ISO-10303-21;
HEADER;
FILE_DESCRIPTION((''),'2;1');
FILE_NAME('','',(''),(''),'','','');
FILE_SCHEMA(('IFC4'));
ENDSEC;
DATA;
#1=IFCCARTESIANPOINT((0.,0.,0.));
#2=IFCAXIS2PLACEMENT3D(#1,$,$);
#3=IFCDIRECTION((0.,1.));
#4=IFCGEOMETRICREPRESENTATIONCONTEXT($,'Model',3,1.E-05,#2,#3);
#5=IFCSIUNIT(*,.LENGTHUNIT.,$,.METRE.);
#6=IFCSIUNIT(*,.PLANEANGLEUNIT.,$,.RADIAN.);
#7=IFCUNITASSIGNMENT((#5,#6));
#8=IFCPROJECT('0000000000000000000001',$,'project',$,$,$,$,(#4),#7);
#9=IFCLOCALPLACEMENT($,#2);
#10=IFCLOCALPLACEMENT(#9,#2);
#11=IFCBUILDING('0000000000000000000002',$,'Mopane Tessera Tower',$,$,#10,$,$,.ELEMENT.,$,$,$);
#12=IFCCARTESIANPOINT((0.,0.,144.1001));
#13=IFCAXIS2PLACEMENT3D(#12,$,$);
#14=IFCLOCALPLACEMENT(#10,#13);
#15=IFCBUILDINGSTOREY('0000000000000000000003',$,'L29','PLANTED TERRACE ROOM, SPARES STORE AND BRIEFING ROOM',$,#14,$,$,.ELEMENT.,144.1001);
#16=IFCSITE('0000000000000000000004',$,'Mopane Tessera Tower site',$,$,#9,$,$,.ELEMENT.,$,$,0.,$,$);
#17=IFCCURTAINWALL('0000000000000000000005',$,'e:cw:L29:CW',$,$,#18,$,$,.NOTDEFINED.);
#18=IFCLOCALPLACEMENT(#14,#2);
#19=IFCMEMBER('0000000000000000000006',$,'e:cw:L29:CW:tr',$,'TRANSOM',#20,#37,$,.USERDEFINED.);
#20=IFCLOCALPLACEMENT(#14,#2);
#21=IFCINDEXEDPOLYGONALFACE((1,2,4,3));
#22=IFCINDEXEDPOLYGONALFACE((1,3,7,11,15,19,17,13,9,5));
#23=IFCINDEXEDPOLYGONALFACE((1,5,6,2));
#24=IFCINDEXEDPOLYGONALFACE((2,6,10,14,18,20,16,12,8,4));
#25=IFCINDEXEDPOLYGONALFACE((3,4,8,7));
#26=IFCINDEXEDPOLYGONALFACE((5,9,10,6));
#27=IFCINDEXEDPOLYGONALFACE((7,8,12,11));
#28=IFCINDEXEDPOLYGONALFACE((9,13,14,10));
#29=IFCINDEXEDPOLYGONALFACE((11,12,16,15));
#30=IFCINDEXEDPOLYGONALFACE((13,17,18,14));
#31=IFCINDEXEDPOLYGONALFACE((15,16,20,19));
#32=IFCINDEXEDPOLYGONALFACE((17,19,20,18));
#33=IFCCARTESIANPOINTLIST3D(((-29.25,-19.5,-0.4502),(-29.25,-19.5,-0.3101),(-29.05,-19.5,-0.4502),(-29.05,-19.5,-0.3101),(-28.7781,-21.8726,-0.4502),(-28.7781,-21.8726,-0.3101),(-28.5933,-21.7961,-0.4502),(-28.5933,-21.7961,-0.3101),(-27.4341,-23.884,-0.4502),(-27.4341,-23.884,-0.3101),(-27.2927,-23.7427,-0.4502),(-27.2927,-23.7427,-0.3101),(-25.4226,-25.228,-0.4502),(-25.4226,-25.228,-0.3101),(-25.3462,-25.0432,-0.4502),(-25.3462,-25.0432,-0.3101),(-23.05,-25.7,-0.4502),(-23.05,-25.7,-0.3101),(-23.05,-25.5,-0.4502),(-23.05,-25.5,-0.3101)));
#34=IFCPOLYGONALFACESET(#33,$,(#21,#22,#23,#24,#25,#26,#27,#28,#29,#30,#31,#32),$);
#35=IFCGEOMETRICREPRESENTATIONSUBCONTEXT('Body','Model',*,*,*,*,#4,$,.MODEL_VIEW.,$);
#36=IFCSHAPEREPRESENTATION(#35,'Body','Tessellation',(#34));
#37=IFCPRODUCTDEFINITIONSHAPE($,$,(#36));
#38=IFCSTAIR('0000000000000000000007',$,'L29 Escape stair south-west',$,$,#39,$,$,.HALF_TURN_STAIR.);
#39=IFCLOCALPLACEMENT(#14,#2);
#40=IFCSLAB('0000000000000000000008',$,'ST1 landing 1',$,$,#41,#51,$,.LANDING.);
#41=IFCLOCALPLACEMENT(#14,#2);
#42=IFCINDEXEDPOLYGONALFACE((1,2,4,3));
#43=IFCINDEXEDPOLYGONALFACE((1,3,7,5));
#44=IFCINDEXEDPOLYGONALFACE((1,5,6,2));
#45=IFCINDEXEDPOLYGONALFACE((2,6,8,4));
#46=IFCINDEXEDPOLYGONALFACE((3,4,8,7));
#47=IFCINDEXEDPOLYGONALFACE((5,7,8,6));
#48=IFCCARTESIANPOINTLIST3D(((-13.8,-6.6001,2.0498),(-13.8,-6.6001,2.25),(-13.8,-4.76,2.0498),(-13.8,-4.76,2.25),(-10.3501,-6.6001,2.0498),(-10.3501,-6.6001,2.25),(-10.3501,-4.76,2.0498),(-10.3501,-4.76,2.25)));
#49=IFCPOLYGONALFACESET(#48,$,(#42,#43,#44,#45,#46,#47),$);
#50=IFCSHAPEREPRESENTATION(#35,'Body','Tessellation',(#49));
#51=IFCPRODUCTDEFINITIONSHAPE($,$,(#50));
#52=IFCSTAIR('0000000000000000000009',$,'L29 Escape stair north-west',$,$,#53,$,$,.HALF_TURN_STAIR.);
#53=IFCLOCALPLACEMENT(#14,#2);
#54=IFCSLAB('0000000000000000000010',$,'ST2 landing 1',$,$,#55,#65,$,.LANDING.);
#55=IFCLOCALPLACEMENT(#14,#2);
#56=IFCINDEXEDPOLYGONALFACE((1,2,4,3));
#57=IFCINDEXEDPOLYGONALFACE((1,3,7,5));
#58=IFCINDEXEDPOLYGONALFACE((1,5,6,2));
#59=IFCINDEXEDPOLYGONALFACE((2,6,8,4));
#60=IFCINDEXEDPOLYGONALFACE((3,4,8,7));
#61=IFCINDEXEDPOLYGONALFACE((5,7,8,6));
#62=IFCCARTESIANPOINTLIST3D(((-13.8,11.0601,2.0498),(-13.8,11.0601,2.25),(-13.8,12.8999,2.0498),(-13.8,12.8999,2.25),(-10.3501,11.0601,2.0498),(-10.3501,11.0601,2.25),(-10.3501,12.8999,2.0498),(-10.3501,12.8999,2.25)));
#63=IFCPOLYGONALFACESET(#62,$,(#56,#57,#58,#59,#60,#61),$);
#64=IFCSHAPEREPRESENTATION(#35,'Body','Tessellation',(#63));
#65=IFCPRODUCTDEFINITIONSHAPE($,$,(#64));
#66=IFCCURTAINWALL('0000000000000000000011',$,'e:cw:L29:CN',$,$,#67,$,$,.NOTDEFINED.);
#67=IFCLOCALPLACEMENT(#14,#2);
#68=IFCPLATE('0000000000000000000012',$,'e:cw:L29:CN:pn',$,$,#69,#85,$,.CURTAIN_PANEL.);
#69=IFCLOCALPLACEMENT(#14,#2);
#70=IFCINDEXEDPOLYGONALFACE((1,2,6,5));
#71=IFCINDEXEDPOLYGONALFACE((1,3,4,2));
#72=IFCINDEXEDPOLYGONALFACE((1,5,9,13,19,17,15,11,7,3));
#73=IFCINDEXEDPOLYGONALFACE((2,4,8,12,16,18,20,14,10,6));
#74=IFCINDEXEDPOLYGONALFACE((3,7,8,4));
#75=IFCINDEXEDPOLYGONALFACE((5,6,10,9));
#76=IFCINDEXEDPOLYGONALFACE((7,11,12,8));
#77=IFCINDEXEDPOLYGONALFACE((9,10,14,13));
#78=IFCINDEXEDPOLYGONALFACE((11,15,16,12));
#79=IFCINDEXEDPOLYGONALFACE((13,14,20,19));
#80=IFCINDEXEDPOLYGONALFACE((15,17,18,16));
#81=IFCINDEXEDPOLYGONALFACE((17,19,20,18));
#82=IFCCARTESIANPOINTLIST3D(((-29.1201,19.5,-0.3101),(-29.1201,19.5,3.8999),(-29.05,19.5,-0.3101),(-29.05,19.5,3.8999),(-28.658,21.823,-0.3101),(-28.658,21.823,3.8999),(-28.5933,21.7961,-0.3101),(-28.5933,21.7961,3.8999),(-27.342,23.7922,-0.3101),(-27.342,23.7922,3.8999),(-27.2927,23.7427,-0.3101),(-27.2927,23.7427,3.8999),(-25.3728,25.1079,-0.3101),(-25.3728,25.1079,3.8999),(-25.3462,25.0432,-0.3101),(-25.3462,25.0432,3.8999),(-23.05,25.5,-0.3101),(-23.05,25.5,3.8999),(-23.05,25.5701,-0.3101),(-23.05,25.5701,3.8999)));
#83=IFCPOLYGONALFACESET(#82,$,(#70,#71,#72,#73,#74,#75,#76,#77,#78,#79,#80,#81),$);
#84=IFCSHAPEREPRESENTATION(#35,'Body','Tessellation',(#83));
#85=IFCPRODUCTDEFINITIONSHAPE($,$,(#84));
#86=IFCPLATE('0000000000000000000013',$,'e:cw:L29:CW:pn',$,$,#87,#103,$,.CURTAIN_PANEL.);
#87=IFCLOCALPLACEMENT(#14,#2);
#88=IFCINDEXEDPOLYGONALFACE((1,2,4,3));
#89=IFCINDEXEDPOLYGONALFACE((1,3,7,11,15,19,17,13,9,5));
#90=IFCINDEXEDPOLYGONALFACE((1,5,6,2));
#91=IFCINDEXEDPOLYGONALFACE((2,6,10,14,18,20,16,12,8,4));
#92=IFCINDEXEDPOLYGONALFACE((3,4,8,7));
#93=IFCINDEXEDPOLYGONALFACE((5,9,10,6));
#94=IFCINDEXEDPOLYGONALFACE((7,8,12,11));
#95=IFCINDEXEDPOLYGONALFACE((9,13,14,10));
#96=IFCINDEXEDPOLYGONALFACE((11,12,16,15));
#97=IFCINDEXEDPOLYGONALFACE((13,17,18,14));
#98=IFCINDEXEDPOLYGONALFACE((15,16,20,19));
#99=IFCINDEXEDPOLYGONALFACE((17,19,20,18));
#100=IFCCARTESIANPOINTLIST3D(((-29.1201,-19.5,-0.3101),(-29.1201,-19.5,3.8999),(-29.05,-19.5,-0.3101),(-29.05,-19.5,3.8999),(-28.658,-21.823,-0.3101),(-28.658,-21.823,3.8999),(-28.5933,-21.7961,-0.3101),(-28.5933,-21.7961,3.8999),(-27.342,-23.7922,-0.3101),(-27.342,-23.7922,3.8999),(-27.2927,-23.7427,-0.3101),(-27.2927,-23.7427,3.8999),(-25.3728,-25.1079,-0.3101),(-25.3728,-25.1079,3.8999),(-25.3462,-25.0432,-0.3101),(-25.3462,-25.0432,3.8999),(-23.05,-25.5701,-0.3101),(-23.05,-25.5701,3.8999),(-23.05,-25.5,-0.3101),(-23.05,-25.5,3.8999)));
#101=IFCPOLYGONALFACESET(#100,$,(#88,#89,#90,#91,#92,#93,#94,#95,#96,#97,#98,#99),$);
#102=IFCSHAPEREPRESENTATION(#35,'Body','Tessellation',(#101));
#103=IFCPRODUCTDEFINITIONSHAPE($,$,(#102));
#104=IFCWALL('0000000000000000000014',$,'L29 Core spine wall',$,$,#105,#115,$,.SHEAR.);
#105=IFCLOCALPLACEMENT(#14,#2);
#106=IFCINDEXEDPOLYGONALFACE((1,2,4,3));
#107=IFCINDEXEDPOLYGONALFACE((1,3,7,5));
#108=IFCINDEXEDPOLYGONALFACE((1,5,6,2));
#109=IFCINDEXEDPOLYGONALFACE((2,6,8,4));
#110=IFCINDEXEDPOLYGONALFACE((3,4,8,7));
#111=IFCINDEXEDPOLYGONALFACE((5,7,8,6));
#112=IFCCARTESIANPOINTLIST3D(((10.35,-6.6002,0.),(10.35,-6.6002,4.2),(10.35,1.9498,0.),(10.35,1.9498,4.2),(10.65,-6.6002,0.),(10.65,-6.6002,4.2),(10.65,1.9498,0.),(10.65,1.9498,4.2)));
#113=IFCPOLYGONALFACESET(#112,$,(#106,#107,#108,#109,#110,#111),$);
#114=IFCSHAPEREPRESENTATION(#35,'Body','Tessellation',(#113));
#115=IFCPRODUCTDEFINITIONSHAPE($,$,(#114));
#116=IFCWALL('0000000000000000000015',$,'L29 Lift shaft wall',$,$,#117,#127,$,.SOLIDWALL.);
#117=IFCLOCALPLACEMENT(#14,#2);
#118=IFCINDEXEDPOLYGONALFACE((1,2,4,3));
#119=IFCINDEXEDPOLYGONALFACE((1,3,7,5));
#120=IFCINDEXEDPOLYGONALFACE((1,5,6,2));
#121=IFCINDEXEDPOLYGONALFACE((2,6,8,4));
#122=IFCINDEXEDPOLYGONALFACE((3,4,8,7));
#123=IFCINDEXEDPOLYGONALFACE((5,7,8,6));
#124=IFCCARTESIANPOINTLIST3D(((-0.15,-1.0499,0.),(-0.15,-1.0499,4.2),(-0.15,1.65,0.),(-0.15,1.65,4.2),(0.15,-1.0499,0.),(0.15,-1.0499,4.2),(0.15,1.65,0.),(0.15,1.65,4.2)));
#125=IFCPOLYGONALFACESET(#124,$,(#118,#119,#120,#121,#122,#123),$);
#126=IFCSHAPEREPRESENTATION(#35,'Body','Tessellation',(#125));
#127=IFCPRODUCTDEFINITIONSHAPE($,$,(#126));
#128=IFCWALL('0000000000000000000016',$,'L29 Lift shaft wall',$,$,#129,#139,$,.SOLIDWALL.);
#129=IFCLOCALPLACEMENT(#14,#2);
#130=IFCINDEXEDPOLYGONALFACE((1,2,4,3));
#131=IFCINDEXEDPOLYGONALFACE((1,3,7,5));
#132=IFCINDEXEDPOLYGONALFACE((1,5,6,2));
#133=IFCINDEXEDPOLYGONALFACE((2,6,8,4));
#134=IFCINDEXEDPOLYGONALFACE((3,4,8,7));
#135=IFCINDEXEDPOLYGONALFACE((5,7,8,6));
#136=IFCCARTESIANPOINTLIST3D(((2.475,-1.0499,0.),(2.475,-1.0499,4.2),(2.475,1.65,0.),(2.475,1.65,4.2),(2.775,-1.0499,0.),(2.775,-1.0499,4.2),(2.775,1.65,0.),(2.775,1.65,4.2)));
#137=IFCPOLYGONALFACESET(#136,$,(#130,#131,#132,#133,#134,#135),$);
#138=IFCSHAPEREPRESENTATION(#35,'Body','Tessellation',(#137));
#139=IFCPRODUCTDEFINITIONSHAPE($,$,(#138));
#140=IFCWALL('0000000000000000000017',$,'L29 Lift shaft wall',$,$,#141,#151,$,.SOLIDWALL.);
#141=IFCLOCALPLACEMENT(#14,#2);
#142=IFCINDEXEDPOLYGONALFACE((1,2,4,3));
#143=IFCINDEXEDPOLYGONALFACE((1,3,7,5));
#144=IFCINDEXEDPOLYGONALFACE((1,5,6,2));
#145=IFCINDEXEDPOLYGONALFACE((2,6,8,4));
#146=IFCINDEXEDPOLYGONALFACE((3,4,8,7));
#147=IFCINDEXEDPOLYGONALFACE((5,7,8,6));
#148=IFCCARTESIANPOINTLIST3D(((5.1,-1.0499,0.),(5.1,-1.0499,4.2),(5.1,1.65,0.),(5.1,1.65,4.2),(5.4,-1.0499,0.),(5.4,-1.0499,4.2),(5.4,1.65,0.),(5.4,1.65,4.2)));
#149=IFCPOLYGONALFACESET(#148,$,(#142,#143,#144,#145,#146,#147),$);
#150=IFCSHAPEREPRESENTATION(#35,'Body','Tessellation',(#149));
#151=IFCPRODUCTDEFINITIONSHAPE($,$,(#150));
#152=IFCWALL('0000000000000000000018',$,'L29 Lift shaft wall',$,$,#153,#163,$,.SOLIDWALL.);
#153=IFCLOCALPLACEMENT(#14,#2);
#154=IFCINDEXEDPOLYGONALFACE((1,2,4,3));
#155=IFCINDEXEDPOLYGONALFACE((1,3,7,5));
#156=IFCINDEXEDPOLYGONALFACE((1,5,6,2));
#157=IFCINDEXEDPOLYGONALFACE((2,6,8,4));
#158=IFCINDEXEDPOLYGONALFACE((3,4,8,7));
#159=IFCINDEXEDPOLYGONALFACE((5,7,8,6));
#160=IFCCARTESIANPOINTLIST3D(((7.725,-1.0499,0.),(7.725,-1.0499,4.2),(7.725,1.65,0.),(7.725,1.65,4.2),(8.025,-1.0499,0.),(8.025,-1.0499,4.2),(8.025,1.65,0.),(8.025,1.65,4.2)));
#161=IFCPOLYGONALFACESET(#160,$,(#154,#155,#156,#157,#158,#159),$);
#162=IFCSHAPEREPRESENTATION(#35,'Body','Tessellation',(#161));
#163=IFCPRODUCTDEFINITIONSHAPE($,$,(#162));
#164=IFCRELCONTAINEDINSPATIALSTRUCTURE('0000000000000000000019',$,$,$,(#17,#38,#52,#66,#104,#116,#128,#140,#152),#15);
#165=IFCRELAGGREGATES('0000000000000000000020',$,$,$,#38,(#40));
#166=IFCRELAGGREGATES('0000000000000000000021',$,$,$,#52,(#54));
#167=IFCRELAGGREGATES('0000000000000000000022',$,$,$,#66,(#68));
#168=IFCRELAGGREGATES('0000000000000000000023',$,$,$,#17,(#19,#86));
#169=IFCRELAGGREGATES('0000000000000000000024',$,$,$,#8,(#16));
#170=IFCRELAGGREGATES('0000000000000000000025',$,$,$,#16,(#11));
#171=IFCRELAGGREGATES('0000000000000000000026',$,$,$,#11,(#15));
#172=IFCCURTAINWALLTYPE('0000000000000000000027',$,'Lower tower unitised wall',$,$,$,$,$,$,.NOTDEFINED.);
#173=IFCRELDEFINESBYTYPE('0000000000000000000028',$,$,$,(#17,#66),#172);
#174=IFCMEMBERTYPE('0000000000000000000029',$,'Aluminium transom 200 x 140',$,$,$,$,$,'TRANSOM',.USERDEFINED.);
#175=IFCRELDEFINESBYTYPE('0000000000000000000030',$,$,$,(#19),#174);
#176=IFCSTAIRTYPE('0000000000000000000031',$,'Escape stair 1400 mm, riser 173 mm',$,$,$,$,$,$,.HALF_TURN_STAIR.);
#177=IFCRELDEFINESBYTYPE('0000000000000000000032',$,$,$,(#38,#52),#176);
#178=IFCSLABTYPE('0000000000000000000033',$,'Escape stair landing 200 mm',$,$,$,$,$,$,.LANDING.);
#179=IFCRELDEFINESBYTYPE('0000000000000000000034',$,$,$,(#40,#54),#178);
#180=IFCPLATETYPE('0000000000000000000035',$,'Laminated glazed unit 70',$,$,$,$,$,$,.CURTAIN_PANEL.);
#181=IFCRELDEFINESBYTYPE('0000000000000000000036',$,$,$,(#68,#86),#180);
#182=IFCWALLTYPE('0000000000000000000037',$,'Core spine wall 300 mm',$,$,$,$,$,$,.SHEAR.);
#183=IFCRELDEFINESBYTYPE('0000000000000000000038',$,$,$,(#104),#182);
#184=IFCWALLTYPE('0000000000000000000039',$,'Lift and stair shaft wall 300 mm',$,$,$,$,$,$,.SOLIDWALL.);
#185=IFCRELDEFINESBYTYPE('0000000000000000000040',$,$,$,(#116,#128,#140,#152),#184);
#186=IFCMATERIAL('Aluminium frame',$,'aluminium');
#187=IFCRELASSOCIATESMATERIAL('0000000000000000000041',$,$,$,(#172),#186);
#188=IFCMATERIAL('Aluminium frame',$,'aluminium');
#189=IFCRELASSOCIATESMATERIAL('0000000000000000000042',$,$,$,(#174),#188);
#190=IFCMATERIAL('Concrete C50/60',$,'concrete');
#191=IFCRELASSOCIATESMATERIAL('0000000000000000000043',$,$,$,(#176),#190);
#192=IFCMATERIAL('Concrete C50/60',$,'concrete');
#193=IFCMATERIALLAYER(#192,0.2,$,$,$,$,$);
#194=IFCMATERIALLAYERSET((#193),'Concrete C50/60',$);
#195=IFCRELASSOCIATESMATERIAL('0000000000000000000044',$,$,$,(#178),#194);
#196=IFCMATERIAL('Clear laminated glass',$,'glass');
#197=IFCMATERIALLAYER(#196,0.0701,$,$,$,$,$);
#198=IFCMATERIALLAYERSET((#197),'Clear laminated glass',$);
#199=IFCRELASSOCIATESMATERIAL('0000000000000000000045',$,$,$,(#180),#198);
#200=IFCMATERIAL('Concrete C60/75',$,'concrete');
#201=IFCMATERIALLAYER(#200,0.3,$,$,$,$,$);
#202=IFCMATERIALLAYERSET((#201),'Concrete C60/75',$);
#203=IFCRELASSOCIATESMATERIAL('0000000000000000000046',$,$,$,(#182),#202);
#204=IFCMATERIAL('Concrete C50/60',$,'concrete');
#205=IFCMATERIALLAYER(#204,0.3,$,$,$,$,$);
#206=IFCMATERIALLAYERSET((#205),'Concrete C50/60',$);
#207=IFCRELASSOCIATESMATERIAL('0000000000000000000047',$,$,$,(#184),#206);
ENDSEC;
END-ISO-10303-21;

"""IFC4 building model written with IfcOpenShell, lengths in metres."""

from ifc_helpers import new_model, si_unit, direction, frame, frame_2d, origin, origin_2d, place, context, subcontext, project, spatial, polyline, rectangle, outline, extrude, material, layer, layer_set, material_profile, profile_set, type_object, element, aggregate, save


model = new_model("IFC4")

# Units and contexts
model_context = context("Model", 3, precision=1e-05, world=origin(), true_north=direction((0.0, 1.0)))
body_context = subcontext(model_context, "Body", "Model", "MODEL_VIEW")
ifc_project = project(units=[si_unit("LENGTHUNIT", "METRE"), si_unit("PLANEANGLEUNIT", "RADIAN")], contexts=[model_context])

# Site, building, storey
site_placement = place(None, origin())
site = spatial("IfcSite", under=ifc_project, at=site_placement, Name="Mopane Tessera Tower site", CompositionType="ELEMENT", RefElevation=0.0)
building_placement = place(site_placement, origin())
building = spatial("IfcBuilding", under=site, at=building_placement, Name="Mopane Tessera Tower", CompositionType="ELEMENT")
storey_placement = place(building_placement, frame((0.0, 0.0, 144.1001)))
storey = spatial("IfcBuildingStorey", under=building, at=storey_placement, Name="L29", Description="PLANTED TERRACE ROOM, SPARES STORE AND BRIEFING ROOM", CompositionType="ELEMENT", Elevation=144.1001)

# Curtain wall, member
ifc_material_1 = material(Name="Aluminium frame", Category="aluminium")
curtain_wall_type = type_object("IfcCurtainWallType", Name="Lower tower unitised wall", PredefinedType="NOTDEFINED", material=ifc_material_1)
curtain_wall_1_placement = place(storey_placement, origin())
curtain_wall_1 = element("IfcCurtainWall", 1, at=curtain_wall_1_placement, inside=storey, type_object=curtain_wall_type, Name="e:cw:L29:CW", PredefinedType="NOTDEFINED")
ifc_material_2 = material(Name="Aluminium frame", Category="aluminium")
ifc_material_profile = material_profile(ifc_material_2, rectangle(XDim=0.2, YDim=0.1399, at=origin_2d()))
ifc_profile_set = profile_set([ifc_material_profile], Name="Aluminium frame")
member_type = type_object("IfcMemberType", Name="Aluminium transom 200 x 140", ElementType="TRANSOM", PredefinedType="USERDEFINED", material=ifc_profile_set)
member_placement = place(storey_placement, frame((0.0, 0.0, -0.4502)))
member = element("IfcMember", 2, at=member_placement, type_object=member_type, Name="e:cw:L29:CW:tr", ObjectType="TRANSOM", PredefinedType="USERDEFINED", context=body_context, shape_type="SweptSolid", body=[
    extrude(outline(polyline([(-29.05, -19.5), (-28.5933, -21.7961), (-27.2927, -23.7427), (-25.3462, -25.0432), (-23.05, -25.5), (-23.05, -25.7), (-25.4226, -25.228), (-27.4341, -23.884), (-28.7781, -21.8726), (-29.25, -19.5), (-29.05, -19.5)])), origin(), (0.0, 0.0, 1.0), 0.1401),
])

# Stairs, slabs
ifc_material_3 = material(Name="Concrete C50/60", Category="concrete")
stair_type = type_object("IfcStairType", Name="Escape stair 1400 mm, riser 173 mm", PredefinedType="HALF_TURN_STAIR", material=ifc_material_3)
stair_1_placement = place(storey_placement, origin())
stair_1 = element("IfcStair", 3, at=stair_1_placement, inside=storey, type_object=stair_type, Name="L29 Escape stair south-west", PredefinedType="HALF_TURN_STAIR")
ifc_material_4 = material(Name="Concrete C50/60", Category="concrete")
ifc_layer_1 = layer(ifc_material_4, 0.2)
ifc_layer_set_1 = layer_set([ifc_layer_1], Name="Concrete C50/60")
slab_type = type_object("IfcSlabType", Name="Escape stair landing 200 mm", PredefinedType="LANDING", material=ifc_layer_set_1)
slab_1_placement = place(storey_placement, frame((0.0, 0.0, 2.0498)))
slab_1 = element("IfcSlab", 4, at=slab_1_placement, type_object=slab_type, Name="ST1 landing 1", PredefinedType="LANDING", context=body_context, shape_type="SweptSolid", body=[
    extrude(outline(polyline([(-13.8, -4.76), (-13.8, -6.6001), (-10.3501, -6.6001), (-10.3501, -4.76), (-13.8, -4.76)])), origin(), (0.0, 0.0, 1.0), 0.2002),
])
aggregate(stair_1, [slab_1])
stair_2_placement = place(storey_placement, origin())
stair_2 = element("IfcStair", 5, at=stair_2_placement, inside=storey, type_object=stair_type, Name="L29 Escape stair north-west", PredefinedType="HALF_TURN_STAIR")
slab_2_placement = place(storey_placement, frame((0.0, 0.0, 2.0498)))
slab_2 = element("IfcSlab", 6, at=slab_2_placement, type_object=slab_type, Name="ST2 landing 1", PredefinedType="LANDING", context=body_context, shape_type="SweptSolid", body=[
    extrude(outline(polyline([(-10.3501, 11.0601), (-10.3501, 12.8999), (-13.8, 12.8999), (-13.8, 11.0601), (-10.3501, 11.0601)])), origin(), (0.0, 0.0, 1.0), 0.2002),
])
aggregate(stair_2, [slab_2])

# Curtain wall, plate
curtain_wall_2_placement = place(storey_placement, origin())
curtain_wall_2 = element("IfcCurtainWall", 7, at=curtain_wall_2_placement, inside=storey, type_object=curtain_wall_type, Name="e:cw:L29:CN", PredefinedType="NOTDEFINED")
ifc_material_5 = material(Name="Clear laminated glass", Category="glass")
ifc_layer_2 = layer(ifc_material_5, 0.0701)
ifc_layer_set_2 = layer_set([ifc_layer_2], Name="Clear laminated glass")
plate_type = type_object("IfcPlateType", Name="Laminated glazed unit 70", PredefinedType="CURTAIN_PANEL", material=ifc_layer_set_2)
plate_1_placement = place(storey_placement, frame((0.0, 0.0, -0.3101)))
plate_1 = element("IfcPlate", 8, at=plate_1_placement, type_object=plate_type, Name="e:cw:L29:CN:pn", PredefinedType="CURTAIN_PANEL", context=body_context, shape_type="SweptSolid", body=[
    extrude(outline(polyline([(-23.05, 25.5), (-25.3462, 25.0432), (-27.2927, 23.7427), (-28.5933, 21.7961), (-29.05, 19.5), (-29.1201, 19.5), (-28.658, 21.823), (-27.342, 23.7922), (-25.3728, 25.1079), (-23.05, 25.5701), (-23.05, 25.5)])), origin(), (0.0, 0.0, 1.0), 4.21),
])
aggregate(curtain_wall_2, [plate_1])

# Plate
plate_2_placement = place(storey_placement, frame((0.0, 0.0, -0.3101)))
plate_2 = element("IfcPlate", 9, at=plate_2_placement, type_object=plate_type, Name="e:cw:L29:CW:pn", PredefinedType="CURTAIN_PANEL", context=body_context, shape_type="SweptSolid", body=[
    extrude(outline(polyline([(-29.05, -19.5), (-28.5933, -21.7961), (-27.2927, -23.7427), (-25.3462, -25.0432), (-23.05, -25.5), (-23.05, -25.5701), (-25.3728, -25.1079), (-27.342, -23.7922), (-28.658, -21.823), (-29.1201, -19.5), (-29.05, -19.5)])), origin(), (0.0, 0.0, 1.0), 4.21),
])
aggregate(curtain_wall_1, [member, plate_2])

# Walls
ifc_material_6 = material(Name="Concrete C60/75", Category="concrete")
ifc_layer_3 = layer(ifc_material_6, 0.3)
ifc_layer_set_3 = layer_set([ifc_layer_3], Name="Concrete C60/75")
wall_type_1 = type_object("IfcWallType", Name="Core spine wall 300 mm", PredefinedType="SHEAR", material=ifc_layer_set_3)
wall_1_placement = place(storey_placement, frame((10.5, -6.6001, 0.0), z_axis=(0.0, 0.0, 1.0), x_axis=(0.0, 1.0, 0.0)))
element("IfcWall", 10, at=wall_1_placement, inside=storey, type_object=wall_type_1, Name="L29 Core spine wall", PredefinedType="SHEAR", context=body_context, shape_type="SweptSolid", body=[
    extrude(rectangle(XDim=8.55, YDim=0.3, at=frame_2d((4.2749, 0.0))), origin(), (0.0, 0.0, 1.0), 4.2),
])
ifc_material_7 = material(Name="Concrete C50/60", Category="concrete")
ifc_layer_4 = layer(ifc_material_7, 0.3)
ifc_layer_set_4 = layer_set([ifc_layer_4], Name="Concrete C50/60")
wall_type_2 = type_object("IfcWallType", Name="Lift and stair shaft wall 300 mm", PredefinedType="SOLIDWALL", material=ifc_layer_set_4)
for number, where, z_axis, x_axis, name in (
    (11, (0.0, -1.05, 0.0), (0.0, 0.0, 1.0), (0.0, 1.0, 0.0), "L29 Lift shaft wall"),
    (12, (2.625, -1.05, 0.0), (0.0, 0.0, 1.0), (0.0, 1.0, 0.0), "L29 Lift shaft wall"),
    (13, (5.25, -1.05, 0.0), (0.0, 0.0, 1.0), (0.0, 1.0, 0.0), "L29 Lift shaft wall"),
    (14, (7.875, -1.05, 0.0), (0.0, 0.0, 1.0), (0.0, 1.0, 0.0), "L29 Lift shaft wall"),
):
    element("IfcWall", number, at=place(storey_placement, frame(where, z_axis=z_axis, x_axis=x_axis)), inside=storey, type_object=wall_type_2, Name=name, PredefinedType="SOLIDWALL", context=body_context, shape_type="SweptSolid", body=[
        extrude(rectangle(XDim=2.7, YDim=0.3, at=frame_2d((1.3501, 0.0))), origin(), (0.0, 0.0, 1.0), 4.2),
    ])

save(model, "model.ifc")
